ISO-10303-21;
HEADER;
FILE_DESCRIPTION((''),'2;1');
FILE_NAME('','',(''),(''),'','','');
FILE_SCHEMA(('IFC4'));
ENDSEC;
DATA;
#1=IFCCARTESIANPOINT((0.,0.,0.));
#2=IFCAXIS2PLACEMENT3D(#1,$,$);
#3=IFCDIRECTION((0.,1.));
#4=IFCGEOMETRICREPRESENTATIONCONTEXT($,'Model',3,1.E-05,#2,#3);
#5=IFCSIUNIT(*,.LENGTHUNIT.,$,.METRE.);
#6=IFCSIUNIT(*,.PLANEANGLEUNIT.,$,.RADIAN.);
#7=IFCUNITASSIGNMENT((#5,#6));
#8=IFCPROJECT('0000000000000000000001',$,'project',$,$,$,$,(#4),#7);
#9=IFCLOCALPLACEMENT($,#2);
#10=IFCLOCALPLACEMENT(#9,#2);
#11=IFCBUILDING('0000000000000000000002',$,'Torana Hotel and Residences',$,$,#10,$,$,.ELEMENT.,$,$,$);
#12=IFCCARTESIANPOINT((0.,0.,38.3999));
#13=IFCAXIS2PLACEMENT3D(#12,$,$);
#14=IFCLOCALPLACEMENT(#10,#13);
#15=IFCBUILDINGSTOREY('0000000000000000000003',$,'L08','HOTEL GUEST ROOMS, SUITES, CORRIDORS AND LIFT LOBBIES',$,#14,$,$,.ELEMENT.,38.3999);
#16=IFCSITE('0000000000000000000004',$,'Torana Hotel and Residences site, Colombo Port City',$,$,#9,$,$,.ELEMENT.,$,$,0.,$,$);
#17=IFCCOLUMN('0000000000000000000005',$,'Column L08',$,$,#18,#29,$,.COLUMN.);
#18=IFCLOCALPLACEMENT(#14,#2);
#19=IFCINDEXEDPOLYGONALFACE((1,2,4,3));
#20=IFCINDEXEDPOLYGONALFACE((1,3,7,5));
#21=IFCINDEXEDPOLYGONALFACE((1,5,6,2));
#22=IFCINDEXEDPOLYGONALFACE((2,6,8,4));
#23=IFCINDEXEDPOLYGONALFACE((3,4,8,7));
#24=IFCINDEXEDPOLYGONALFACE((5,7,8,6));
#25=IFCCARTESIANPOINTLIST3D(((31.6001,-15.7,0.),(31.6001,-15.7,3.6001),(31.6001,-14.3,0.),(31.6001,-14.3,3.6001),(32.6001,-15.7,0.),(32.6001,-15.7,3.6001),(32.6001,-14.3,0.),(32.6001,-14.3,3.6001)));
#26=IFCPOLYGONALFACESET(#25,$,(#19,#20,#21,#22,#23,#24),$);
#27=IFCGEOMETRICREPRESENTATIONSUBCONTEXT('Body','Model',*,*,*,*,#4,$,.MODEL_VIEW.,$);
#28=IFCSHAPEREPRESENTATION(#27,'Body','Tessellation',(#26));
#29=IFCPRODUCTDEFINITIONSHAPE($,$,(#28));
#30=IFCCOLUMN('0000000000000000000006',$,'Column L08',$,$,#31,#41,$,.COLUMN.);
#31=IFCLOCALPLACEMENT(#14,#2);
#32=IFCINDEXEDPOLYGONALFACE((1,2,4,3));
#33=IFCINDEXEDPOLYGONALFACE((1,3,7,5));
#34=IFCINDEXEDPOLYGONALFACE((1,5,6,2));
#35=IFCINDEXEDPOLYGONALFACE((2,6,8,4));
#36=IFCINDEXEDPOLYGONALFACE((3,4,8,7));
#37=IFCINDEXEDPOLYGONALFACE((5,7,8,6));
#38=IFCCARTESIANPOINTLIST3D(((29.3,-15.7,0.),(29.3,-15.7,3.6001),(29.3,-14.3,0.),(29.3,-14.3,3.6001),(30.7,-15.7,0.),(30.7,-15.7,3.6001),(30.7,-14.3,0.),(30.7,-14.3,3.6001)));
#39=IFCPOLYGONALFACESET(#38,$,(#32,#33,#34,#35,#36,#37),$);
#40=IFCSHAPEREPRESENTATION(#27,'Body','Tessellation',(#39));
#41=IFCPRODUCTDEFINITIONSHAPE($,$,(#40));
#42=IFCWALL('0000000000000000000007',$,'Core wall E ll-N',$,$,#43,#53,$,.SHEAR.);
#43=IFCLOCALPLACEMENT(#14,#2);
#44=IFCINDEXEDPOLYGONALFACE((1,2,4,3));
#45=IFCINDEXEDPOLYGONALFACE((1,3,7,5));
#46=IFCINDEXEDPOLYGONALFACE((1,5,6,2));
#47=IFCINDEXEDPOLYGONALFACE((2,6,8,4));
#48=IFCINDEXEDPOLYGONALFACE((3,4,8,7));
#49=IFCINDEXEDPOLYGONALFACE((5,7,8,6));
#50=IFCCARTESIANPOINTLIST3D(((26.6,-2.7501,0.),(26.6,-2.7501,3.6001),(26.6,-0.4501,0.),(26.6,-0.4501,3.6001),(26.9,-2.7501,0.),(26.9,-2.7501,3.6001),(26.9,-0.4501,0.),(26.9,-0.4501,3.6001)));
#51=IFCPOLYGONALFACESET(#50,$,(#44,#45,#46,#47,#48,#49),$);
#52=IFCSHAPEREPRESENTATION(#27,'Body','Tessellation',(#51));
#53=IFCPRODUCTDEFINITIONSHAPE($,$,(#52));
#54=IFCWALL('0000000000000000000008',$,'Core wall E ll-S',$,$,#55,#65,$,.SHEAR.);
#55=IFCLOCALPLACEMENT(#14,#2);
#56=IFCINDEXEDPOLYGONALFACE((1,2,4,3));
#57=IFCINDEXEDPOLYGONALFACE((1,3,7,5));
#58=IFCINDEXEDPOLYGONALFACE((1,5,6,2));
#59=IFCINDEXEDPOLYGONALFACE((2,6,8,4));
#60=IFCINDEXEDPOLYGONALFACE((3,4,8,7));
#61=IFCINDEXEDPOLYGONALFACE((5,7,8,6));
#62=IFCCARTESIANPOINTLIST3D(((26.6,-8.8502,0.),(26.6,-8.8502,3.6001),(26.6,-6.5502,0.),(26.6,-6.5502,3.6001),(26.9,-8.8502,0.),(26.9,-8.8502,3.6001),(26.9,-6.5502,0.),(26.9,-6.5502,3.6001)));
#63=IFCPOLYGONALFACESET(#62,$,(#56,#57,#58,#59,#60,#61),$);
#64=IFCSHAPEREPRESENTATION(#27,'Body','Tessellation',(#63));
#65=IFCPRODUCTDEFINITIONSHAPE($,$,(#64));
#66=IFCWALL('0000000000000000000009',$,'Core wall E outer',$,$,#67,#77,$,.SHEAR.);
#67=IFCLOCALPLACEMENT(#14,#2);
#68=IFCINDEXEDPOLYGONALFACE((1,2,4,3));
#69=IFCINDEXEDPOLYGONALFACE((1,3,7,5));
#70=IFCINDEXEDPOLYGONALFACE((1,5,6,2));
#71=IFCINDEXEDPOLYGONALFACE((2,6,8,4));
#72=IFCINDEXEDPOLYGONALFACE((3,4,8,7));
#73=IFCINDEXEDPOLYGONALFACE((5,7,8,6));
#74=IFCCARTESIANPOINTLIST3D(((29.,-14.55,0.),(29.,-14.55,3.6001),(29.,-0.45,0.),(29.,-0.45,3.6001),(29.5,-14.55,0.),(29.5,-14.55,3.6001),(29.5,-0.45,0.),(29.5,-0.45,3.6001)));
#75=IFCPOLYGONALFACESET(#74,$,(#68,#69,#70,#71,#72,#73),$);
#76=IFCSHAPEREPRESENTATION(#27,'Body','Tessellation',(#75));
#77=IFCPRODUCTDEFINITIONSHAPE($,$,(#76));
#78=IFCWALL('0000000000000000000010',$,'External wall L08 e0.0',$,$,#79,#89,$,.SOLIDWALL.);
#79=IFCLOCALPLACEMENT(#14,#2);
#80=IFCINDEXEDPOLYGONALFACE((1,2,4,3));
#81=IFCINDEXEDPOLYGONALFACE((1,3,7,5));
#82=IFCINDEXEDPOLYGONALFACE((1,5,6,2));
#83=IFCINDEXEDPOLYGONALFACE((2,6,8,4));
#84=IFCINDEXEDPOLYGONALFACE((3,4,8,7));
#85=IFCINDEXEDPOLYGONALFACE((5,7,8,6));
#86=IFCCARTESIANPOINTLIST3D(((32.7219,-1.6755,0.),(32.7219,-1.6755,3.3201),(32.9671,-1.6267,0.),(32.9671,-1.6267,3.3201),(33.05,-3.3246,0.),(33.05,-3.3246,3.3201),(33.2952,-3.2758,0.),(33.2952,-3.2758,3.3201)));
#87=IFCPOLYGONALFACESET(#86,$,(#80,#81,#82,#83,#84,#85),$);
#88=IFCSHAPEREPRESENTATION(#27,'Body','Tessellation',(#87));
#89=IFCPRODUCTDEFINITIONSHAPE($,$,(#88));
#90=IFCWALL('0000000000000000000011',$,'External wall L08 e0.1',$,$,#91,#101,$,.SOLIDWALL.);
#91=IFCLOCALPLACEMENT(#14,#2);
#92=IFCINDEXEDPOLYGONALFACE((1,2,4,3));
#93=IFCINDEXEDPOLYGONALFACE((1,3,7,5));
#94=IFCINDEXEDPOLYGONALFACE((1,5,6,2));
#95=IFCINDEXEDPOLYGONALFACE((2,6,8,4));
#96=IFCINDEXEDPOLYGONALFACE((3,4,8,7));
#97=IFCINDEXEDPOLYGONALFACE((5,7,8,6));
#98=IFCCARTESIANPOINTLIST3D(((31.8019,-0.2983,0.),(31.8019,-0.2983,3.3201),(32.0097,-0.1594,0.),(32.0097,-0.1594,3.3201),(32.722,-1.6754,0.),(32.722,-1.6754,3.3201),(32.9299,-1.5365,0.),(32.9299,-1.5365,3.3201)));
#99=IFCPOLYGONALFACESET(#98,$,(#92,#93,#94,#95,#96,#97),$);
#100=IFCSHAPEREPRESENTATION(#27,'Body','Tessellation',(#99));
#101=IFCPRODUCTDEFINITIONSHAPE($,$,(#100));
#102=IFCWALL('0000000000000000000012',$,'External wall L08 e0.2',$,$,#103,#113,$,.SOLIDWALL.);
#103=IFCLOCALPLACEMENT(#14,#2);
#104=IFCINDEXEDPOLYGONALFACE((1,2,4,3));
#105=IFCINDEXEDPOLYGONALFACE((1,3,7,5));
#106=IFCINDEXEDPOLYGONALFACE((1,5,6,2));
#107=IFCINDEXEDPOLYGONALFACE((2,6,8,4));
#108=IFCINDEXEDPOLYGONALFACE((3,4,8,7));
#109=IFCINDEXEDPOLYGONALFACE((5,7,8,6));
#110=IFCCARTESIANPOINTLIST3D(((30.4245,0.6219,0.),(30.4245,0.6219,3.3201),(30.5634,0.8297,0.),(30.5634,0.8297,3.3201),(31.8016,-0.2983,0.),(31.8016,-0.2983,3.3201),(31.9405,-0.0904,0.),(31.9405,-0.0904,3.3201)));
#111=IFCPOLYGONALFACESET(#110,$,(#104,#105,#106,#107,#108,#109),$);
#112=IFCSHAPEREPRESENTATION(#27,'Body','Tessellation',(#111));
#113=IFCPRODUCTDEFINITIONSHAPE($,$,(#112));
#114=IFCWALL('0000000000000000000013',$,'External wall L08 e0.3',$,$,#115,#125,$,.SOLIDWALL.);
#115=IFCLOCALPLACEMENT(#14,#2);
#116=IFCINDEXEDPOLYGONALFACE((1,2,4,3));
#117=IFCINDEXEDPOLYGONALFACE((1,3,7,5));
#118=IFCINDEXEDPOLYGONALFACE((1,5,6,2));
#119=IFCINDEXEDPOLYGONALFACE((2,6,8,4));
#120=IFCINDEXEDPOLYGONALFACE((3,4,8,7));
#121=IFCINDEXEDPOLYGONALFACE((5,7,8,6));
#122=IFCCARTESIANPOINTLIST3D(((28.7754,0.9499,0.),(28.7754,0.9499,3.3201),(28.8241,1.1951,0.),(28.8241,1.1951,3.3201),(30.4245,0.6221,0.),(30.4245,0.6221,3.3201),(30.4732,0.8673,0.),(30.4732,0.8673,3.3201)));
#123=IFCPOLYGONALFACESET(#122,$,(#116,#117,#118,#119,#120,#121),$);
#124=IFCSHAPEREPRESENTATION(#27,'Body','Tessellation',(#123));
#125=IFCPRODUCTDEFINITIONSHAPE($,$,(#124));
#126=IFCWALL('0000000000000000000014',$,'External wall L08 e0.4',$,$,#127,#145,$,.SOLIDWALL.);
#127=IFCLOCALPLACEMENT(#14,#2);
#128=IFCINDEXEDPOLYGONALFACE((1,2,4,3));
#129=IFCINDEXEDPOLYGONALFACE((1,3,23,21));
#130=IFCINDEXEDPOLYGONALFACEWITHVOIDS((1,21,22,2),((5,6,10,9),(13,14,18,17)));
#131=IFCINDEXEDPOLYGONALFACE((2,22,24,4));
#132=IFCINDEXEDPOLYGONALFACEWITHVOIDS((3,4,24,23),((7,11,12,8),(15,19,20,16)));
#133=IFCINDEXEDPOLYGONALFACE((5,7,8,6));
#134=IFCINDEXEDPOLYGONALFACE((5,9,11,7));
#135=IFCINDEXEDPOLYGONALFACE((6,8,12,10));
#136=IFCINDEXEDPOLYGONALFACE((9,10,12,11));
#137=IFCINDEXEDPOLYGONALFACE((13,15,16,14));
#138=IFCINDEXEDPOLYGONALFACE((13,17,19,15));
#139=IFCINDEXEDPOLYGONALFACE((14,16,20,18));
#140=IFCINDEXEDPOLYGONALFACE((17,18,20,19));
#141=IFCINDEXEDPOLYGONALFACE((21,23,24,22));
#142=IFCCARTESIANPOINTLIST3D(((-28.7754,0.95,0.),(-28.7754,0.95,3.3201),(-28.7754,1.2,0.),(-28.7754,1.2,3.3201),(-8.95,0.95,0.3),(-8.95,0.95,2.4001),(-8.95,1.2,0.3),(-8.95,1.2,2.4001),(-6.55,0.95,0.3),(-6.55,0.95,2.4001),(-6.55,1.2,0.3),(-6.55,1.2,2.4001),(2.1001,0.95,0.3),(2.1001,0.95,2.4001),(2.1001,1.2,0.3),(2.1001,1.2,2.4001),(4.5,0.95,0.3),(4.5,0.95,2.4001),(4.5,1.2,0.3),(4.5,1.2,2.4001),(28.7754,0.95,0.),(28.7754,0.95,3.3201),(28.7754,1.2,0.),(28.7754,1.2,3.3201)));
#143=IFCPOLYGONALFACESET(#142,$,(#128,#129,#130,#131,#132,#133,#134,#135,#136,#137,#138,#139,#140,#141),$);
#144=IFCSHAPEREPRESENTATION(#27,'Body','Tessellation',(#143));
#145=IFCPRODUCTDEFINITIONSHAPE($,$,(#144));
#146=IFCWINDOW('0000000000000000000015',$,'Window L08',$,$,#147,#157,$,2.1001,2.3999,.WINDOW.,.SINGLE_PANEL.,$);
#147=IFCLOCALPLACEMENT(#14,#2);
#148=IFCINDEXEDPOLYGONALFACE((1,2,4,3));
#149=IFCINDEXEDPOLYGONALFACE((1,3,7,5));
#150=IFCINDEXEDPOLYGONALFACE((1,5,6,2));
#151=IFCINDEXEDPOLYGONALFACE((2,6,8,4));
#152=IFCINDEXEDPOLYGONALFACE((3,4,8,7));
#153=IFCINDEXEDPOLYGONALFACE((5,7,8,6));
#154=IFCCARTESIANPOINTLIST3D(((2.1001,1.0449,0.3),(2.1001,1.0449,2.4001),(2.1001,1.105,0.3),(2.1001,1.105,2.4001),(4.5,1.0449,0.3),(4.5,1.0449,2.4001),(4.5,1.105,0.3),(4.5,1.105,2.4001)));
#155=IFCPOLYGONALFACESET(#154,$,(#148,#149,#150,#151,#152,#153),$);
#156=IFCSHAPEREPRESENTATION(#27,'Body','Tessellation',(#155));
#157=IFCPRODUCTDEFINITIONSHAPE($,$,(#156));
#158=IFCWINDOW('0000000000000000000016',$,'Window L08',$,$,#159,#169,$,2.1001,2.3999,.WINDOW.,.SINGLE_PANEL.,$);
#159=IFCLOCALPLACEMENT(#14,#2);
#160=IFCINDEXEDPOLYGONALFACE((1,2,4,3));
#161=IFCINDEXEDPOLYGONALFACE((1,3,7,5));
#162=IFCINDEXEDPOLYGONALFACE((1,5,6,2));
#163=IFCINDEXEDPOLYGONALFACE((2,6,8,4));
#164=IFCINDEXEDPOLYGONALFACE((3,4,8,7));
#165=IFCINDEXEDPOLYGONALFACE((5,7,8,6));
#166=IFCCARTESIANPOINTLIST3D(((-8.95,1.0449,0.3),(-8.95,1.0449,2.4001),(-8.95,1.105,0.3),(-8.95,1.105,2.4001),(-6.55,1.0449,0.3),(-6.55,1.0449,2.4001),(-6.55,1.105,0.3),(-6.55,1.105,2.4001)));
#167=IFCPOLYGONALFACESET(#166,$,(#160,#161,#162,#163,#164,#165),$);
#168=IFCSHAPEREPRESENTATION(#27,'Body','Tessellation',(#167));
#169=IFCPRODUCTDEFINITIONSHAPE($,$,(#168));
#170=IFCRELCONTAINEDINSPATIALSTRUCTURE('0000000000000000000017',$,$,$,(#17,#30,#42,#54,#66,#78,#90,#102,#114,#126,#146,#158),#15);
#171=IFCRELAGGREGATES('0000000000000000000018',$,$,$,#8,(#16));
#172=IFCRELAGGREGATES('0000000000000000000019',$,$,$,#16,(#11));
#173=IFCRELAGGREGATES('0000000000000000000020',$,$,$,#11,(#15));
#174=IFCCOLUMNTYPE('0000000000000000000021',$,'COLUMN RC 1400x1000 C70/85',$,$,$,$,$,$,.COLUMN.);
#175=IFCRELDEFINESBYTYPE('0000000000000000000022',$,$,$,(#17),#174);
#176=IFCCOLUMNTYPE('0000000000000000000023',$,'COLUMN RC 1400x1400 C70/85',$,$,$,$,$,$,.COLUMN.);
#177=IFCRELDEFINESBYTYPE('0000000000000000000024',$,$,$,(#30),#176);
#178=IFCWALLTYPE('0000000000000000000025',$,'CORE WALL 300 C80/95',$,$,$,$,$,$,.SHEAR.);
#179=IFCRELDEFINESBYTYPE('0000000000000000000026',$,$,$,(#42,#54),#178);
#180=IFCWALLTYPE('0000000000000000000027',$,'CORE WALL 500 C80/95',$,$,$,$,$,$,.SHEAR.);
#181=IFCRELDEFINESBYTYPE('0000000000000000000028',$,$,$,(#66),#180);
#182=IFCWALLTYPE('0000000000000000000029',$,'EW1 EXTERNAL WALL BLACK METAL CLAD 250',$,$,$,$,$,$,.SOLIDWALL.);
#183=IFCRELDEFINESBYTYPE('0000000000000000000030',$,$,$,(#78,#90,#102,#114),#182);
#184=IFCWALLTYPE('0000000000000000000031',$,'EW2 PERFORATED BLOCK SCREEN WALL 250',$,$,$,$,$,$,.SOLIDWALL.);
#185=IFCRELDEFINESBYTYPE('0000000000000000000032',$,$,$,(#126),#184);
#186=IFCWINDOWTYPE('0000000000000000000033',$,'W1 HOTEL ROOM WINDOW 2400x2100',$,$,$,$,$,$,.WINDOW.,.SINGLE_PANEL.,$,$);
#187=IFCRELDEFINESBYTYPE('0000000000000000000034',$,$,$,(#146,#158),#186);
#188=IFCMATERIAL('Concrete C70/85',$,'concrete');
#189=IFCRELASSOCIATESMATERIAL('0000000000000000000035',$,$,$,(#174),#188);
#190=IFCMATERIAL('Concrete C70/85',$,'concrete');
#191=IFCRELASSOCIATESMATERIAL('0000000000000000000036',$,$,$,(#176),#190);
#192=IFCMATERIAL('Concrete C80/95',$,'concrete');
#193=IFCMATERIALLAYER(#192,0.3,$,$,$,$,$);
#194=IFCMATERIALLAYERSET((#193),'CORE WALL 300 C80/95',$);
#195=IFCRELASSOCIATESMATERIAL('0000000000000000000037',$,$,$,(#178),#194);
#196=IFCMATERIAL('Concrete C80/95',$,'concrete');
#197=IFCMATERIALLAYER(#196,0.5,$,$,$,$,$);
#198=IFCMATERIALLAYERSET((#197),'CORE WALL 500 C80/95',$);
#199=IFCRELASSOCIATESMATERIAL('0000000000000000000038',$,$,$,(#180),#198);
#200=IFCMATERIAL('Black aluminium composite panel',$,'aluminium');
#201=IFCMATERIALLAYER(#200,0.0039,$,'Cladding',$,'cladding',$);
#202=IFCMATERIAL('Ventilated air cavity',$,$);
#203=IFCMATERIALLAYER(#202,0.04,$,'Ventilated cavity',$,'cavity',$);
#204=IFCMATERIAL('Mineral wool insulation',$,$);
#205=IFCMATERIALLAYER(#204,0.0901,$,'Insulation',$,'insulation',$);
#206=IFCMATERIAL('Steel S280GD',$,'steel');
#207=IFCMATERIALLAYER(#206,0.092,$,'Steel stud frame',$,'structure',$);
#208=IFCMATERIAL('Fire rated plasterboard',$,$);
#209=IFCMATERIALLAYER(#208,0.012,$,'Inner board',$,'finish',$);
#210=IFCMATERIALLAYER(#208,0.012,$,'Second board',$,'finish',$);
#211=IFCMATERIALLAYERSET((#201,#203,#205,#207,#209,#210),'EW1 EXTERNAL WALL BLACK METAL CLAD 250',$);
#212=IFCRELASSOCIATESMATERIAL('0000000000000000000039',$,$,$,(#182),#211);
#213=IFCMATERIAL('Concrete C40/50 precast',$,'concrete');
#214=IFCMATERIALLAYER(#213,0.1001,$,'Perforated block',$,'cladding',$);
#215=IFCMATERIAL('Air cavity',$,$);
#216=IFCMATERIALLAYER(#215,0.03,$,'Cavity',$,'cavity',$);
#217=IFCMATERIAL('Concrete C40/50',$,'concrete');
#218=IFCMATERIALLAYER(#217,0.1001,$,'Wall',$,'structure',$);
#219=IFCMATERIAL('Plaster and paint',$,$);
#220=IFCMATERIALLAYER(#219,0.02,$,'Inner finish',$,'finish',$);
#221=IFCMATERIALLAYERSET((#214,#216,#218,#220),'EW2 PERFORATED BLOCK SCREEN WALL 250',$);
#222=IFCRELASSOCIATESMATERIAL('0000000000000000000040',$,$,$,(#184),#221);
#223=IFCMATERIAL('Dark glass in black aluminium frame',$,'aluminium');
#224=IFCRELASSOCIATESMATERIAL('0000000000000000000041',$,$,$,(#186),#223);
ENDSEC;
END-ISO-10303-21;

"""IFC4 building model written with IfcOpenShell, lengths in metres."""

from ifc_helpers import new_model, si_unit, direction, frame, frame_2d, origin, origin_2d, place, context, subcontext, project, spatial, rectangle, extrude, material, layer, layer_set, material_profile, profile_set, type_object, element, fill, save


model = new_model("IFC4")

# Units and contexts
model_context = context("Model", 3, precision=1e-05, world=origin(), true_north=direction((0.0, 1.0)))
body_context = subcontext(model_context, "Body", "Model", "MODEL_VIEW")
ifc_project = project(units=[si_unit("LENGTHUNIT", "METRE"), si_unit("PLANEANGLEUNIT", "RADIAN")], contexts=[model_context])

# Site, building, storey
site_placement = place(None, origin())
site = spatial("IfcSite", under=ifc_project, at=site_placement, Name="Torana Hotel and Residences site, Colombo Port City", CompositionType="ELEMENT", RefElevation=0.0)
building_placement = place(site_placement, origin())
building = spatial("IfcBuilding", under=site, at=building_placement, Name="Torana Hotel and Residences", CompositionType="ELEMENT")
storey_placement = place(building_placement, frame((0.0, 0.0, 38.3999)))
storey = spatial("IfcBuildingStorey", under=building, at=storey_placement, Name="L08", Description="HOTEL GUEST ROOMS, SUITES, CORRIDORS AND LIFT LOBBIES", CompositionType="ELEMENT", Elevation=38.3999)

# Columns
ifc_material_1 = material(Name="Concrete C70/85", Category="concrete")
ifc_material_profile_1 = material_profile(ifc_material_1, rectangle(XDim=1.3999, YDim=1.0, at=origin_2d()), Name="RC 1400x1000")
ifc_profile_set_1 = profile_set([ifc_material_profile_1], Name="Concrete C70/85")
column_type_1 = type_object("IfcColumnType", Name="COLUMN RC 1400x1000 C70/85", PredefinedType="COLUMN", material=ifc_profile_set_1)
column_1_placement = place(storey_placement, frame((32.1001, -15.0, 0.0), z_axis=(0.0, 0.0, 1.0), x_axis=(0.0, 1.0, 0.0)))
element("IfcColumn", 1, at=column_1_placement, inside=storey, type_object=column_type_1, Name="Column L08", PredefinedType="COLUMN", context=body_context, shape_type="SweptSolid", body=[
    extrude(rectangle(XDim=1.3999, YDim=1.0, at=origin_2d()), origin(), (0.0, 0.0, 1.0), 3.6001),
])
ifc_material_2 = material(Name="Concrete C70/85", Category="concrete")
ifc_material_profile_2 = material_profile(ifc_material_2, rectangle(XDim=1.3999, YDim=1.3999, at=origin_2d()), Name="RC 1400x1400")
ifc_profile_set_2 = profile_set([ifc_material_profile_2], Name="Concrete C70/85")
column_type_2 = type_object("IfcColumnType", Name="COLUMN RC 1400x1400 C70/85", PredefinedType="COLUMN", material=ifc_profile_set_2)
column_2_placement = place(storey_placement, frame((30.0, -15.0, 0.0), z_axis=(0.0, 0.0, 1.0), x_axis=(1.0, 0.0, 0.0)))
element("IfcColumn", 2, at=column_2_placement, inside=storey, type_object=column_type_2, Name="Column L08", PredefinedType="COLUMN", context=body_context, shape_type="SweptSolid", body=[
    extrude(rectangle(XDim=1.3999, YDim=1.3999, at=origin_2d()), origin(), (0.0, 0.0, 1.0), 3.6001),
])

# Walls
ifc_material_3 = material(Name="Concrete C80/95", Category="concrete")
ifc_layer_1 = layer(ifc_material_3, 0.3)
ifc_layer_set_1 = layer_set([ifc_layer_1], Name="CORE WALL 300 C80/95")
wall_type_1 = type_object("IfcWallType", Name="CORE WALL 300 C80/95", PredefinedType="SHEAR", material=ifc_layer_set_1)
for number, where, z_axis, x_axis, name in (
    (3, (26.75, -2.75, 0.0), (0.0, 0.0, 1.0), (0.0, 1.0, 0.0), "Core wall E ll-N"),
    (4, (26.75, -8.8501, 0.0), (0.0, 0.0, 1.0), (0.0, 1.0, 0.0), "Core wall E ll-S"),
):
    element("IfcWall", number, at=place(storey_placement, frame(where, z_axis=z_axis, x_axis=x_axis)), inside=storey, type_object=wall_type_1, Name=name, PredefinedType="SHEAR", context=body_context, shape_type="SweptSolid", body=[
        extrude(rectangle(XDim=2.3, YDim=0.3, at=frame_2d((1.1499, 0.0))), origin(), (0.0, 0.0, 1.0), 3.6001),
    ])
ifc_material_4 = material(Name="Concrete C80/95", Category="concrete")
ifc_layer_2 = layer(ifc_material_4, 0.5)
ifc_layer_set_2 = layer_set([ifc_layer_2], Name="CORE WALL 500 C80/95")
wall_type_2 = type_object("IfcWallType", Name="CORE WALL 500 C80/95", PredefinedType="SHEAR", material=ifc_layer_set_2)
wall_1_placement = place(storey_placement, frame((29.25, -14.55, 0.0), z_axis=(0.0, 0.0, 1.0), x_axis=(0.0, 1.0, 0.0)))
element("IfcWall", 5, at=wall_1_placement, inside=storey, type_object=wall_type_2, Name="Core wall E outer", PredefinedType="SHEAR", context=body_context, shape_type="SweptSolid", body=[
    extrude(rectangle(XDim=14.1001, YDim=0.5, at=frame_2d((7.05, 0.0))), origin(), (0.0, 0.0, 1.0), 3.6001),
])
ifc_material_5 = material(Name="Black aluminium composite panel", Category="aluminium")
ifc_layer_3 = layer(ifc_material_5, 0.0039, Name="Cladding", Category="cladding")
ifc_material_6 = material(Name="Ventilated air cavity")
ifc_layer_4 = layer(ifc_material_6, 0.04, Name="Ventilated cavity", Category="cavity")
ifc_material_7 = material(Name="Mineral wool insulation")
ifc_layer_5 = layer(ifc_material_7, 0.0901, Name="Insulation", Category="insulation")
ifc_material_8 = material(Name="Steel S280GD", Category="steel")
ifc_layer_6 = layer(ifc_material_8, 0.092, Name="Steel stud frame", Category="structure")
ifc_material_9 = material(Name="Fire rated plasterboard")
ifc_layer_7 = layer(ifc_material_9, 0.012, Name="Inner board", Category="finish")
ifc_layer_8 = layer(ifc_material_9, 0.012, Name="Second board", Category="finish")
ifc_layer_set_3 = layer_set([ifc_layer_3, ifc_layer_4, ifc_layer_5, ifc_layer_6, ifc_layer_7, ifc_layer_8], Name="EW1 EXTERNAL WALL BLACK METAL CLAD 250")
wall_type_3 = type_object("IfcWallType", Name="EW1 EXTERNAL WALL BLACK METAL CLAD 250", PredefinedType="SOLIDWALL", material=ifc_layer_set_3)
wall_2_placement = place(storey_placement, frame((33.1726, -3.3003, 0.0), z_axis=(0.0, 0.0, 1.0), x_axis=(-0.195139, 0.980776, 0.0)))
element("IfcWall", 6, at=wall_2_placement, inside=storey, type_object=wall_type_3, Name="External wall L08 e0.0", PredefinedType="SOLIDWALL", context=body_context, shape_type="SweptSolid", body=[
    extrude(rectangle(XDim=1.6814, YDim=0.25, at=frame_2d((0.8408, 0.0))), origin(), (0.0, 0.0, 1.0), 3.3201),
])
for number, where, z_axis, x_axis, name in (
    (7, (32.8259, -1.606, 0.0), (0.0, 0.0, 1.0), (-0.55555, 0.831483, 0.0), "External wall L08 e0.1"),
    (8, (31.8711, -0.1943, 0.0), (0.0, 0.0, 1.0), (-0.831483, 0.55555, 0.0), "External wall L08 e0.2"),
):
    element("IfcWall", number, at=place(storey_placement, frame(where, z_axis=z_axis, x_axis=x_axis)), inside=storey, type_object=wall_type_3, Name=name, PredefinedType="SOLIDWALL", context=body_context, shape_type="SweptSolid", body=[
        extrude(rectangle(XDim=1.6562, YDim=0.25, at=frame_2d((0.8281, 0.0))), origin(), (0.0, 0.0, 1.0), 3.3201),
    ])
wall_3_placement = place(storey_placement, frame((30.449, 0.7446, 0.0), z_axis=(0.0, 0.0, 1.0), x_axis=(-0.980803, 0.194999, 0.0)))
element("IfcWall", 9, at=wall_3_placement, inside=storey, type_object=wall_type_3, Name="External wall L08 e0.3", PredefinedType="SOLIDWALL", context=body_context, shape_type="SweptSolid", body=[
    extrude(rectangle(XDim=1.6814, YDim=0.25, at=frame_2d((0.8408, 0.0))), origin(), (0.0, 0.0, 1.0), 3.3201),
])

# Wall, openings, windows
ifc_material_10 = material(Name="Concrete C40/50 precast", Category="concrete")
ifc_layer_9 = layer(ifc_material_10, 0.1001, Name="Perforated block", Category="cladding")
ifc_material_11 = material(Name="Air cavity")
ifc_layer_10 = layer(ifc_material_11, 0.03, Name="Cavity", Category="cavity")
ifc_material_12 = material(Name="Concrete C40/50", Category="concrete")
ifc_layer_11 = layer(ifc_material_12, 0.1001, Name="Wall", Category="structure")
ifc_material_13 = material(Name="Plaster and paint")
ifc_layer_12 = layer(ifc_material_13, 0.02, Name="Inner finish", Category="finish")
ifc_layer_set_4 = layer_set([ifc_layer_9, ifc_layer_10, ifc_layer_11, ifc_layer_12], Name="EW2 PERFORATED BLOCK SCREEN WALL 250")
wall_type_4 = type_object("IfcWallType", Name="EW2 PERFORATED BLOCK SCREEN WALL 250", PredefinedType="SOLIDWALL", material=ifc_layer_set_4)
wall_4_placement = place(storey_placement, frame((28.7754, 1.075, 0.0), z_axis=(0.0, 0.0, 1.0), x_axis=(-1.0, 0.0, 0.0)))
wall_4 = element("IfcWall", 10, at=wall_4_placement, inside=storey, type_object=wall_type_4, Name="External wall L08 e0.4", PredefinedType="SOLIDWALL", context=body_context, shape_type="SweptSolid", body=[
    extrude(rectangle(XDim=57.5508, YDim=0.25, at=frame_2d((28.7754, 0.0))), origin(), (0.0, 0.0, 1.0), 3.3201),
])
opening_1_placement = place(wall_4_placement, frame((24.2754, 0.0, 0.3)))
opening_1 = element("IfcOpeningElement", 11, at=opening_1_placement, cuts=wall_4, PredefinedType="OPENING", context=body_context, shape_type="SweptSolid", body=[
    extrude(rectangle(XDim=2.3999, YDim=2.1001, at=frame_2d((1.2, 1.05))), frame((0.0, 0.135, 0.0), z_axis=(0.0, -1.0, 0.0), x_axis=(1.0, 0.0, 0.0)), (0.0, 0.0, 1.0), 0.27),
])
opening_2_placement = place(wall_4_placement, frame((35.3254, 0.0, 0.3)))
opening_2 = element("IfcOpeningElement", 12, at=opening_2_placement, cuts=wall_4, PredefinedType="OPENING", context=body_context, shape_type="SweptSolid", body=[
    extrude(rectangle(XDim=2.3999, YDim=2.1001, at=frame_2d((1.2, 1.05))), frame((0.0, 0.135, 0.0), z_axis=(0.0, -1.0, 0.0), x_axis=(1.0, 0.0, 0.0)), (0.0, 0.0, 1.0), 0.27),
])
ifc_material_14 = material(Name="Dark glass in black aluminium frame", Category="aluminium")
window_type = type_object("IfcWindowType", Name="W1 HOTEL ROOM WINDOW 2400x2100", PartitioningType="SINGLE_PANEL", PredefinedType="WINDOW", material=ifc_material_14)
window_1_placement = place(opening_1_placement, origin())
window_1 = element("IfcWindow", 13, at=window_1_placement, inside=storey, type_object=window_type, Name="Window L08", OverallHeight=2.1001, OverallWidth=2.3999, PartitioningType="SINGLE_PANEL", PredefinedType="WINDOW", context=body_context, shape_type="SweptSolid", body=[
    extrude(rectangle(XDim=2.3999, YDim=2.1001, at=frame_2d((1.2, 1.05))), frame((0.0, 0.03, 0.0), z_axis=(0.0, -1.0, 0.0), x_axis=(1.0, 0.0, 0.0)), (0.0, 0.0, 1.0), 0.0601),
])
fill(opening_1, window_1)
window_2_placement = place(opening_2_placement, origin())
window_2 = element("IfcWindow", 14, at=window_2_placement, inside=storey, type_object=window_type, Name="Window L08", OverallHeight=2.1001, OverallWidth=2.3999, PartitioningType="SINGLE_PANEL", PredefinedType="WINDOW", context=body_context, shape_type="SweptSolid", body=[
    extrude(rectangle(XDim=2.3999, YDim=2.1001, at=frame_2d((1.2, 1.05))), frame((0.0, 0.03, 0.0), z_axis=(0.0, -1.0, 0.0), x_axis=(1.0, 0.0, 0.0)), (0.0, 0.0, 1.0), 0.0601),
])
fill(opening_2, window_2)

save(model, "model.ifc")
